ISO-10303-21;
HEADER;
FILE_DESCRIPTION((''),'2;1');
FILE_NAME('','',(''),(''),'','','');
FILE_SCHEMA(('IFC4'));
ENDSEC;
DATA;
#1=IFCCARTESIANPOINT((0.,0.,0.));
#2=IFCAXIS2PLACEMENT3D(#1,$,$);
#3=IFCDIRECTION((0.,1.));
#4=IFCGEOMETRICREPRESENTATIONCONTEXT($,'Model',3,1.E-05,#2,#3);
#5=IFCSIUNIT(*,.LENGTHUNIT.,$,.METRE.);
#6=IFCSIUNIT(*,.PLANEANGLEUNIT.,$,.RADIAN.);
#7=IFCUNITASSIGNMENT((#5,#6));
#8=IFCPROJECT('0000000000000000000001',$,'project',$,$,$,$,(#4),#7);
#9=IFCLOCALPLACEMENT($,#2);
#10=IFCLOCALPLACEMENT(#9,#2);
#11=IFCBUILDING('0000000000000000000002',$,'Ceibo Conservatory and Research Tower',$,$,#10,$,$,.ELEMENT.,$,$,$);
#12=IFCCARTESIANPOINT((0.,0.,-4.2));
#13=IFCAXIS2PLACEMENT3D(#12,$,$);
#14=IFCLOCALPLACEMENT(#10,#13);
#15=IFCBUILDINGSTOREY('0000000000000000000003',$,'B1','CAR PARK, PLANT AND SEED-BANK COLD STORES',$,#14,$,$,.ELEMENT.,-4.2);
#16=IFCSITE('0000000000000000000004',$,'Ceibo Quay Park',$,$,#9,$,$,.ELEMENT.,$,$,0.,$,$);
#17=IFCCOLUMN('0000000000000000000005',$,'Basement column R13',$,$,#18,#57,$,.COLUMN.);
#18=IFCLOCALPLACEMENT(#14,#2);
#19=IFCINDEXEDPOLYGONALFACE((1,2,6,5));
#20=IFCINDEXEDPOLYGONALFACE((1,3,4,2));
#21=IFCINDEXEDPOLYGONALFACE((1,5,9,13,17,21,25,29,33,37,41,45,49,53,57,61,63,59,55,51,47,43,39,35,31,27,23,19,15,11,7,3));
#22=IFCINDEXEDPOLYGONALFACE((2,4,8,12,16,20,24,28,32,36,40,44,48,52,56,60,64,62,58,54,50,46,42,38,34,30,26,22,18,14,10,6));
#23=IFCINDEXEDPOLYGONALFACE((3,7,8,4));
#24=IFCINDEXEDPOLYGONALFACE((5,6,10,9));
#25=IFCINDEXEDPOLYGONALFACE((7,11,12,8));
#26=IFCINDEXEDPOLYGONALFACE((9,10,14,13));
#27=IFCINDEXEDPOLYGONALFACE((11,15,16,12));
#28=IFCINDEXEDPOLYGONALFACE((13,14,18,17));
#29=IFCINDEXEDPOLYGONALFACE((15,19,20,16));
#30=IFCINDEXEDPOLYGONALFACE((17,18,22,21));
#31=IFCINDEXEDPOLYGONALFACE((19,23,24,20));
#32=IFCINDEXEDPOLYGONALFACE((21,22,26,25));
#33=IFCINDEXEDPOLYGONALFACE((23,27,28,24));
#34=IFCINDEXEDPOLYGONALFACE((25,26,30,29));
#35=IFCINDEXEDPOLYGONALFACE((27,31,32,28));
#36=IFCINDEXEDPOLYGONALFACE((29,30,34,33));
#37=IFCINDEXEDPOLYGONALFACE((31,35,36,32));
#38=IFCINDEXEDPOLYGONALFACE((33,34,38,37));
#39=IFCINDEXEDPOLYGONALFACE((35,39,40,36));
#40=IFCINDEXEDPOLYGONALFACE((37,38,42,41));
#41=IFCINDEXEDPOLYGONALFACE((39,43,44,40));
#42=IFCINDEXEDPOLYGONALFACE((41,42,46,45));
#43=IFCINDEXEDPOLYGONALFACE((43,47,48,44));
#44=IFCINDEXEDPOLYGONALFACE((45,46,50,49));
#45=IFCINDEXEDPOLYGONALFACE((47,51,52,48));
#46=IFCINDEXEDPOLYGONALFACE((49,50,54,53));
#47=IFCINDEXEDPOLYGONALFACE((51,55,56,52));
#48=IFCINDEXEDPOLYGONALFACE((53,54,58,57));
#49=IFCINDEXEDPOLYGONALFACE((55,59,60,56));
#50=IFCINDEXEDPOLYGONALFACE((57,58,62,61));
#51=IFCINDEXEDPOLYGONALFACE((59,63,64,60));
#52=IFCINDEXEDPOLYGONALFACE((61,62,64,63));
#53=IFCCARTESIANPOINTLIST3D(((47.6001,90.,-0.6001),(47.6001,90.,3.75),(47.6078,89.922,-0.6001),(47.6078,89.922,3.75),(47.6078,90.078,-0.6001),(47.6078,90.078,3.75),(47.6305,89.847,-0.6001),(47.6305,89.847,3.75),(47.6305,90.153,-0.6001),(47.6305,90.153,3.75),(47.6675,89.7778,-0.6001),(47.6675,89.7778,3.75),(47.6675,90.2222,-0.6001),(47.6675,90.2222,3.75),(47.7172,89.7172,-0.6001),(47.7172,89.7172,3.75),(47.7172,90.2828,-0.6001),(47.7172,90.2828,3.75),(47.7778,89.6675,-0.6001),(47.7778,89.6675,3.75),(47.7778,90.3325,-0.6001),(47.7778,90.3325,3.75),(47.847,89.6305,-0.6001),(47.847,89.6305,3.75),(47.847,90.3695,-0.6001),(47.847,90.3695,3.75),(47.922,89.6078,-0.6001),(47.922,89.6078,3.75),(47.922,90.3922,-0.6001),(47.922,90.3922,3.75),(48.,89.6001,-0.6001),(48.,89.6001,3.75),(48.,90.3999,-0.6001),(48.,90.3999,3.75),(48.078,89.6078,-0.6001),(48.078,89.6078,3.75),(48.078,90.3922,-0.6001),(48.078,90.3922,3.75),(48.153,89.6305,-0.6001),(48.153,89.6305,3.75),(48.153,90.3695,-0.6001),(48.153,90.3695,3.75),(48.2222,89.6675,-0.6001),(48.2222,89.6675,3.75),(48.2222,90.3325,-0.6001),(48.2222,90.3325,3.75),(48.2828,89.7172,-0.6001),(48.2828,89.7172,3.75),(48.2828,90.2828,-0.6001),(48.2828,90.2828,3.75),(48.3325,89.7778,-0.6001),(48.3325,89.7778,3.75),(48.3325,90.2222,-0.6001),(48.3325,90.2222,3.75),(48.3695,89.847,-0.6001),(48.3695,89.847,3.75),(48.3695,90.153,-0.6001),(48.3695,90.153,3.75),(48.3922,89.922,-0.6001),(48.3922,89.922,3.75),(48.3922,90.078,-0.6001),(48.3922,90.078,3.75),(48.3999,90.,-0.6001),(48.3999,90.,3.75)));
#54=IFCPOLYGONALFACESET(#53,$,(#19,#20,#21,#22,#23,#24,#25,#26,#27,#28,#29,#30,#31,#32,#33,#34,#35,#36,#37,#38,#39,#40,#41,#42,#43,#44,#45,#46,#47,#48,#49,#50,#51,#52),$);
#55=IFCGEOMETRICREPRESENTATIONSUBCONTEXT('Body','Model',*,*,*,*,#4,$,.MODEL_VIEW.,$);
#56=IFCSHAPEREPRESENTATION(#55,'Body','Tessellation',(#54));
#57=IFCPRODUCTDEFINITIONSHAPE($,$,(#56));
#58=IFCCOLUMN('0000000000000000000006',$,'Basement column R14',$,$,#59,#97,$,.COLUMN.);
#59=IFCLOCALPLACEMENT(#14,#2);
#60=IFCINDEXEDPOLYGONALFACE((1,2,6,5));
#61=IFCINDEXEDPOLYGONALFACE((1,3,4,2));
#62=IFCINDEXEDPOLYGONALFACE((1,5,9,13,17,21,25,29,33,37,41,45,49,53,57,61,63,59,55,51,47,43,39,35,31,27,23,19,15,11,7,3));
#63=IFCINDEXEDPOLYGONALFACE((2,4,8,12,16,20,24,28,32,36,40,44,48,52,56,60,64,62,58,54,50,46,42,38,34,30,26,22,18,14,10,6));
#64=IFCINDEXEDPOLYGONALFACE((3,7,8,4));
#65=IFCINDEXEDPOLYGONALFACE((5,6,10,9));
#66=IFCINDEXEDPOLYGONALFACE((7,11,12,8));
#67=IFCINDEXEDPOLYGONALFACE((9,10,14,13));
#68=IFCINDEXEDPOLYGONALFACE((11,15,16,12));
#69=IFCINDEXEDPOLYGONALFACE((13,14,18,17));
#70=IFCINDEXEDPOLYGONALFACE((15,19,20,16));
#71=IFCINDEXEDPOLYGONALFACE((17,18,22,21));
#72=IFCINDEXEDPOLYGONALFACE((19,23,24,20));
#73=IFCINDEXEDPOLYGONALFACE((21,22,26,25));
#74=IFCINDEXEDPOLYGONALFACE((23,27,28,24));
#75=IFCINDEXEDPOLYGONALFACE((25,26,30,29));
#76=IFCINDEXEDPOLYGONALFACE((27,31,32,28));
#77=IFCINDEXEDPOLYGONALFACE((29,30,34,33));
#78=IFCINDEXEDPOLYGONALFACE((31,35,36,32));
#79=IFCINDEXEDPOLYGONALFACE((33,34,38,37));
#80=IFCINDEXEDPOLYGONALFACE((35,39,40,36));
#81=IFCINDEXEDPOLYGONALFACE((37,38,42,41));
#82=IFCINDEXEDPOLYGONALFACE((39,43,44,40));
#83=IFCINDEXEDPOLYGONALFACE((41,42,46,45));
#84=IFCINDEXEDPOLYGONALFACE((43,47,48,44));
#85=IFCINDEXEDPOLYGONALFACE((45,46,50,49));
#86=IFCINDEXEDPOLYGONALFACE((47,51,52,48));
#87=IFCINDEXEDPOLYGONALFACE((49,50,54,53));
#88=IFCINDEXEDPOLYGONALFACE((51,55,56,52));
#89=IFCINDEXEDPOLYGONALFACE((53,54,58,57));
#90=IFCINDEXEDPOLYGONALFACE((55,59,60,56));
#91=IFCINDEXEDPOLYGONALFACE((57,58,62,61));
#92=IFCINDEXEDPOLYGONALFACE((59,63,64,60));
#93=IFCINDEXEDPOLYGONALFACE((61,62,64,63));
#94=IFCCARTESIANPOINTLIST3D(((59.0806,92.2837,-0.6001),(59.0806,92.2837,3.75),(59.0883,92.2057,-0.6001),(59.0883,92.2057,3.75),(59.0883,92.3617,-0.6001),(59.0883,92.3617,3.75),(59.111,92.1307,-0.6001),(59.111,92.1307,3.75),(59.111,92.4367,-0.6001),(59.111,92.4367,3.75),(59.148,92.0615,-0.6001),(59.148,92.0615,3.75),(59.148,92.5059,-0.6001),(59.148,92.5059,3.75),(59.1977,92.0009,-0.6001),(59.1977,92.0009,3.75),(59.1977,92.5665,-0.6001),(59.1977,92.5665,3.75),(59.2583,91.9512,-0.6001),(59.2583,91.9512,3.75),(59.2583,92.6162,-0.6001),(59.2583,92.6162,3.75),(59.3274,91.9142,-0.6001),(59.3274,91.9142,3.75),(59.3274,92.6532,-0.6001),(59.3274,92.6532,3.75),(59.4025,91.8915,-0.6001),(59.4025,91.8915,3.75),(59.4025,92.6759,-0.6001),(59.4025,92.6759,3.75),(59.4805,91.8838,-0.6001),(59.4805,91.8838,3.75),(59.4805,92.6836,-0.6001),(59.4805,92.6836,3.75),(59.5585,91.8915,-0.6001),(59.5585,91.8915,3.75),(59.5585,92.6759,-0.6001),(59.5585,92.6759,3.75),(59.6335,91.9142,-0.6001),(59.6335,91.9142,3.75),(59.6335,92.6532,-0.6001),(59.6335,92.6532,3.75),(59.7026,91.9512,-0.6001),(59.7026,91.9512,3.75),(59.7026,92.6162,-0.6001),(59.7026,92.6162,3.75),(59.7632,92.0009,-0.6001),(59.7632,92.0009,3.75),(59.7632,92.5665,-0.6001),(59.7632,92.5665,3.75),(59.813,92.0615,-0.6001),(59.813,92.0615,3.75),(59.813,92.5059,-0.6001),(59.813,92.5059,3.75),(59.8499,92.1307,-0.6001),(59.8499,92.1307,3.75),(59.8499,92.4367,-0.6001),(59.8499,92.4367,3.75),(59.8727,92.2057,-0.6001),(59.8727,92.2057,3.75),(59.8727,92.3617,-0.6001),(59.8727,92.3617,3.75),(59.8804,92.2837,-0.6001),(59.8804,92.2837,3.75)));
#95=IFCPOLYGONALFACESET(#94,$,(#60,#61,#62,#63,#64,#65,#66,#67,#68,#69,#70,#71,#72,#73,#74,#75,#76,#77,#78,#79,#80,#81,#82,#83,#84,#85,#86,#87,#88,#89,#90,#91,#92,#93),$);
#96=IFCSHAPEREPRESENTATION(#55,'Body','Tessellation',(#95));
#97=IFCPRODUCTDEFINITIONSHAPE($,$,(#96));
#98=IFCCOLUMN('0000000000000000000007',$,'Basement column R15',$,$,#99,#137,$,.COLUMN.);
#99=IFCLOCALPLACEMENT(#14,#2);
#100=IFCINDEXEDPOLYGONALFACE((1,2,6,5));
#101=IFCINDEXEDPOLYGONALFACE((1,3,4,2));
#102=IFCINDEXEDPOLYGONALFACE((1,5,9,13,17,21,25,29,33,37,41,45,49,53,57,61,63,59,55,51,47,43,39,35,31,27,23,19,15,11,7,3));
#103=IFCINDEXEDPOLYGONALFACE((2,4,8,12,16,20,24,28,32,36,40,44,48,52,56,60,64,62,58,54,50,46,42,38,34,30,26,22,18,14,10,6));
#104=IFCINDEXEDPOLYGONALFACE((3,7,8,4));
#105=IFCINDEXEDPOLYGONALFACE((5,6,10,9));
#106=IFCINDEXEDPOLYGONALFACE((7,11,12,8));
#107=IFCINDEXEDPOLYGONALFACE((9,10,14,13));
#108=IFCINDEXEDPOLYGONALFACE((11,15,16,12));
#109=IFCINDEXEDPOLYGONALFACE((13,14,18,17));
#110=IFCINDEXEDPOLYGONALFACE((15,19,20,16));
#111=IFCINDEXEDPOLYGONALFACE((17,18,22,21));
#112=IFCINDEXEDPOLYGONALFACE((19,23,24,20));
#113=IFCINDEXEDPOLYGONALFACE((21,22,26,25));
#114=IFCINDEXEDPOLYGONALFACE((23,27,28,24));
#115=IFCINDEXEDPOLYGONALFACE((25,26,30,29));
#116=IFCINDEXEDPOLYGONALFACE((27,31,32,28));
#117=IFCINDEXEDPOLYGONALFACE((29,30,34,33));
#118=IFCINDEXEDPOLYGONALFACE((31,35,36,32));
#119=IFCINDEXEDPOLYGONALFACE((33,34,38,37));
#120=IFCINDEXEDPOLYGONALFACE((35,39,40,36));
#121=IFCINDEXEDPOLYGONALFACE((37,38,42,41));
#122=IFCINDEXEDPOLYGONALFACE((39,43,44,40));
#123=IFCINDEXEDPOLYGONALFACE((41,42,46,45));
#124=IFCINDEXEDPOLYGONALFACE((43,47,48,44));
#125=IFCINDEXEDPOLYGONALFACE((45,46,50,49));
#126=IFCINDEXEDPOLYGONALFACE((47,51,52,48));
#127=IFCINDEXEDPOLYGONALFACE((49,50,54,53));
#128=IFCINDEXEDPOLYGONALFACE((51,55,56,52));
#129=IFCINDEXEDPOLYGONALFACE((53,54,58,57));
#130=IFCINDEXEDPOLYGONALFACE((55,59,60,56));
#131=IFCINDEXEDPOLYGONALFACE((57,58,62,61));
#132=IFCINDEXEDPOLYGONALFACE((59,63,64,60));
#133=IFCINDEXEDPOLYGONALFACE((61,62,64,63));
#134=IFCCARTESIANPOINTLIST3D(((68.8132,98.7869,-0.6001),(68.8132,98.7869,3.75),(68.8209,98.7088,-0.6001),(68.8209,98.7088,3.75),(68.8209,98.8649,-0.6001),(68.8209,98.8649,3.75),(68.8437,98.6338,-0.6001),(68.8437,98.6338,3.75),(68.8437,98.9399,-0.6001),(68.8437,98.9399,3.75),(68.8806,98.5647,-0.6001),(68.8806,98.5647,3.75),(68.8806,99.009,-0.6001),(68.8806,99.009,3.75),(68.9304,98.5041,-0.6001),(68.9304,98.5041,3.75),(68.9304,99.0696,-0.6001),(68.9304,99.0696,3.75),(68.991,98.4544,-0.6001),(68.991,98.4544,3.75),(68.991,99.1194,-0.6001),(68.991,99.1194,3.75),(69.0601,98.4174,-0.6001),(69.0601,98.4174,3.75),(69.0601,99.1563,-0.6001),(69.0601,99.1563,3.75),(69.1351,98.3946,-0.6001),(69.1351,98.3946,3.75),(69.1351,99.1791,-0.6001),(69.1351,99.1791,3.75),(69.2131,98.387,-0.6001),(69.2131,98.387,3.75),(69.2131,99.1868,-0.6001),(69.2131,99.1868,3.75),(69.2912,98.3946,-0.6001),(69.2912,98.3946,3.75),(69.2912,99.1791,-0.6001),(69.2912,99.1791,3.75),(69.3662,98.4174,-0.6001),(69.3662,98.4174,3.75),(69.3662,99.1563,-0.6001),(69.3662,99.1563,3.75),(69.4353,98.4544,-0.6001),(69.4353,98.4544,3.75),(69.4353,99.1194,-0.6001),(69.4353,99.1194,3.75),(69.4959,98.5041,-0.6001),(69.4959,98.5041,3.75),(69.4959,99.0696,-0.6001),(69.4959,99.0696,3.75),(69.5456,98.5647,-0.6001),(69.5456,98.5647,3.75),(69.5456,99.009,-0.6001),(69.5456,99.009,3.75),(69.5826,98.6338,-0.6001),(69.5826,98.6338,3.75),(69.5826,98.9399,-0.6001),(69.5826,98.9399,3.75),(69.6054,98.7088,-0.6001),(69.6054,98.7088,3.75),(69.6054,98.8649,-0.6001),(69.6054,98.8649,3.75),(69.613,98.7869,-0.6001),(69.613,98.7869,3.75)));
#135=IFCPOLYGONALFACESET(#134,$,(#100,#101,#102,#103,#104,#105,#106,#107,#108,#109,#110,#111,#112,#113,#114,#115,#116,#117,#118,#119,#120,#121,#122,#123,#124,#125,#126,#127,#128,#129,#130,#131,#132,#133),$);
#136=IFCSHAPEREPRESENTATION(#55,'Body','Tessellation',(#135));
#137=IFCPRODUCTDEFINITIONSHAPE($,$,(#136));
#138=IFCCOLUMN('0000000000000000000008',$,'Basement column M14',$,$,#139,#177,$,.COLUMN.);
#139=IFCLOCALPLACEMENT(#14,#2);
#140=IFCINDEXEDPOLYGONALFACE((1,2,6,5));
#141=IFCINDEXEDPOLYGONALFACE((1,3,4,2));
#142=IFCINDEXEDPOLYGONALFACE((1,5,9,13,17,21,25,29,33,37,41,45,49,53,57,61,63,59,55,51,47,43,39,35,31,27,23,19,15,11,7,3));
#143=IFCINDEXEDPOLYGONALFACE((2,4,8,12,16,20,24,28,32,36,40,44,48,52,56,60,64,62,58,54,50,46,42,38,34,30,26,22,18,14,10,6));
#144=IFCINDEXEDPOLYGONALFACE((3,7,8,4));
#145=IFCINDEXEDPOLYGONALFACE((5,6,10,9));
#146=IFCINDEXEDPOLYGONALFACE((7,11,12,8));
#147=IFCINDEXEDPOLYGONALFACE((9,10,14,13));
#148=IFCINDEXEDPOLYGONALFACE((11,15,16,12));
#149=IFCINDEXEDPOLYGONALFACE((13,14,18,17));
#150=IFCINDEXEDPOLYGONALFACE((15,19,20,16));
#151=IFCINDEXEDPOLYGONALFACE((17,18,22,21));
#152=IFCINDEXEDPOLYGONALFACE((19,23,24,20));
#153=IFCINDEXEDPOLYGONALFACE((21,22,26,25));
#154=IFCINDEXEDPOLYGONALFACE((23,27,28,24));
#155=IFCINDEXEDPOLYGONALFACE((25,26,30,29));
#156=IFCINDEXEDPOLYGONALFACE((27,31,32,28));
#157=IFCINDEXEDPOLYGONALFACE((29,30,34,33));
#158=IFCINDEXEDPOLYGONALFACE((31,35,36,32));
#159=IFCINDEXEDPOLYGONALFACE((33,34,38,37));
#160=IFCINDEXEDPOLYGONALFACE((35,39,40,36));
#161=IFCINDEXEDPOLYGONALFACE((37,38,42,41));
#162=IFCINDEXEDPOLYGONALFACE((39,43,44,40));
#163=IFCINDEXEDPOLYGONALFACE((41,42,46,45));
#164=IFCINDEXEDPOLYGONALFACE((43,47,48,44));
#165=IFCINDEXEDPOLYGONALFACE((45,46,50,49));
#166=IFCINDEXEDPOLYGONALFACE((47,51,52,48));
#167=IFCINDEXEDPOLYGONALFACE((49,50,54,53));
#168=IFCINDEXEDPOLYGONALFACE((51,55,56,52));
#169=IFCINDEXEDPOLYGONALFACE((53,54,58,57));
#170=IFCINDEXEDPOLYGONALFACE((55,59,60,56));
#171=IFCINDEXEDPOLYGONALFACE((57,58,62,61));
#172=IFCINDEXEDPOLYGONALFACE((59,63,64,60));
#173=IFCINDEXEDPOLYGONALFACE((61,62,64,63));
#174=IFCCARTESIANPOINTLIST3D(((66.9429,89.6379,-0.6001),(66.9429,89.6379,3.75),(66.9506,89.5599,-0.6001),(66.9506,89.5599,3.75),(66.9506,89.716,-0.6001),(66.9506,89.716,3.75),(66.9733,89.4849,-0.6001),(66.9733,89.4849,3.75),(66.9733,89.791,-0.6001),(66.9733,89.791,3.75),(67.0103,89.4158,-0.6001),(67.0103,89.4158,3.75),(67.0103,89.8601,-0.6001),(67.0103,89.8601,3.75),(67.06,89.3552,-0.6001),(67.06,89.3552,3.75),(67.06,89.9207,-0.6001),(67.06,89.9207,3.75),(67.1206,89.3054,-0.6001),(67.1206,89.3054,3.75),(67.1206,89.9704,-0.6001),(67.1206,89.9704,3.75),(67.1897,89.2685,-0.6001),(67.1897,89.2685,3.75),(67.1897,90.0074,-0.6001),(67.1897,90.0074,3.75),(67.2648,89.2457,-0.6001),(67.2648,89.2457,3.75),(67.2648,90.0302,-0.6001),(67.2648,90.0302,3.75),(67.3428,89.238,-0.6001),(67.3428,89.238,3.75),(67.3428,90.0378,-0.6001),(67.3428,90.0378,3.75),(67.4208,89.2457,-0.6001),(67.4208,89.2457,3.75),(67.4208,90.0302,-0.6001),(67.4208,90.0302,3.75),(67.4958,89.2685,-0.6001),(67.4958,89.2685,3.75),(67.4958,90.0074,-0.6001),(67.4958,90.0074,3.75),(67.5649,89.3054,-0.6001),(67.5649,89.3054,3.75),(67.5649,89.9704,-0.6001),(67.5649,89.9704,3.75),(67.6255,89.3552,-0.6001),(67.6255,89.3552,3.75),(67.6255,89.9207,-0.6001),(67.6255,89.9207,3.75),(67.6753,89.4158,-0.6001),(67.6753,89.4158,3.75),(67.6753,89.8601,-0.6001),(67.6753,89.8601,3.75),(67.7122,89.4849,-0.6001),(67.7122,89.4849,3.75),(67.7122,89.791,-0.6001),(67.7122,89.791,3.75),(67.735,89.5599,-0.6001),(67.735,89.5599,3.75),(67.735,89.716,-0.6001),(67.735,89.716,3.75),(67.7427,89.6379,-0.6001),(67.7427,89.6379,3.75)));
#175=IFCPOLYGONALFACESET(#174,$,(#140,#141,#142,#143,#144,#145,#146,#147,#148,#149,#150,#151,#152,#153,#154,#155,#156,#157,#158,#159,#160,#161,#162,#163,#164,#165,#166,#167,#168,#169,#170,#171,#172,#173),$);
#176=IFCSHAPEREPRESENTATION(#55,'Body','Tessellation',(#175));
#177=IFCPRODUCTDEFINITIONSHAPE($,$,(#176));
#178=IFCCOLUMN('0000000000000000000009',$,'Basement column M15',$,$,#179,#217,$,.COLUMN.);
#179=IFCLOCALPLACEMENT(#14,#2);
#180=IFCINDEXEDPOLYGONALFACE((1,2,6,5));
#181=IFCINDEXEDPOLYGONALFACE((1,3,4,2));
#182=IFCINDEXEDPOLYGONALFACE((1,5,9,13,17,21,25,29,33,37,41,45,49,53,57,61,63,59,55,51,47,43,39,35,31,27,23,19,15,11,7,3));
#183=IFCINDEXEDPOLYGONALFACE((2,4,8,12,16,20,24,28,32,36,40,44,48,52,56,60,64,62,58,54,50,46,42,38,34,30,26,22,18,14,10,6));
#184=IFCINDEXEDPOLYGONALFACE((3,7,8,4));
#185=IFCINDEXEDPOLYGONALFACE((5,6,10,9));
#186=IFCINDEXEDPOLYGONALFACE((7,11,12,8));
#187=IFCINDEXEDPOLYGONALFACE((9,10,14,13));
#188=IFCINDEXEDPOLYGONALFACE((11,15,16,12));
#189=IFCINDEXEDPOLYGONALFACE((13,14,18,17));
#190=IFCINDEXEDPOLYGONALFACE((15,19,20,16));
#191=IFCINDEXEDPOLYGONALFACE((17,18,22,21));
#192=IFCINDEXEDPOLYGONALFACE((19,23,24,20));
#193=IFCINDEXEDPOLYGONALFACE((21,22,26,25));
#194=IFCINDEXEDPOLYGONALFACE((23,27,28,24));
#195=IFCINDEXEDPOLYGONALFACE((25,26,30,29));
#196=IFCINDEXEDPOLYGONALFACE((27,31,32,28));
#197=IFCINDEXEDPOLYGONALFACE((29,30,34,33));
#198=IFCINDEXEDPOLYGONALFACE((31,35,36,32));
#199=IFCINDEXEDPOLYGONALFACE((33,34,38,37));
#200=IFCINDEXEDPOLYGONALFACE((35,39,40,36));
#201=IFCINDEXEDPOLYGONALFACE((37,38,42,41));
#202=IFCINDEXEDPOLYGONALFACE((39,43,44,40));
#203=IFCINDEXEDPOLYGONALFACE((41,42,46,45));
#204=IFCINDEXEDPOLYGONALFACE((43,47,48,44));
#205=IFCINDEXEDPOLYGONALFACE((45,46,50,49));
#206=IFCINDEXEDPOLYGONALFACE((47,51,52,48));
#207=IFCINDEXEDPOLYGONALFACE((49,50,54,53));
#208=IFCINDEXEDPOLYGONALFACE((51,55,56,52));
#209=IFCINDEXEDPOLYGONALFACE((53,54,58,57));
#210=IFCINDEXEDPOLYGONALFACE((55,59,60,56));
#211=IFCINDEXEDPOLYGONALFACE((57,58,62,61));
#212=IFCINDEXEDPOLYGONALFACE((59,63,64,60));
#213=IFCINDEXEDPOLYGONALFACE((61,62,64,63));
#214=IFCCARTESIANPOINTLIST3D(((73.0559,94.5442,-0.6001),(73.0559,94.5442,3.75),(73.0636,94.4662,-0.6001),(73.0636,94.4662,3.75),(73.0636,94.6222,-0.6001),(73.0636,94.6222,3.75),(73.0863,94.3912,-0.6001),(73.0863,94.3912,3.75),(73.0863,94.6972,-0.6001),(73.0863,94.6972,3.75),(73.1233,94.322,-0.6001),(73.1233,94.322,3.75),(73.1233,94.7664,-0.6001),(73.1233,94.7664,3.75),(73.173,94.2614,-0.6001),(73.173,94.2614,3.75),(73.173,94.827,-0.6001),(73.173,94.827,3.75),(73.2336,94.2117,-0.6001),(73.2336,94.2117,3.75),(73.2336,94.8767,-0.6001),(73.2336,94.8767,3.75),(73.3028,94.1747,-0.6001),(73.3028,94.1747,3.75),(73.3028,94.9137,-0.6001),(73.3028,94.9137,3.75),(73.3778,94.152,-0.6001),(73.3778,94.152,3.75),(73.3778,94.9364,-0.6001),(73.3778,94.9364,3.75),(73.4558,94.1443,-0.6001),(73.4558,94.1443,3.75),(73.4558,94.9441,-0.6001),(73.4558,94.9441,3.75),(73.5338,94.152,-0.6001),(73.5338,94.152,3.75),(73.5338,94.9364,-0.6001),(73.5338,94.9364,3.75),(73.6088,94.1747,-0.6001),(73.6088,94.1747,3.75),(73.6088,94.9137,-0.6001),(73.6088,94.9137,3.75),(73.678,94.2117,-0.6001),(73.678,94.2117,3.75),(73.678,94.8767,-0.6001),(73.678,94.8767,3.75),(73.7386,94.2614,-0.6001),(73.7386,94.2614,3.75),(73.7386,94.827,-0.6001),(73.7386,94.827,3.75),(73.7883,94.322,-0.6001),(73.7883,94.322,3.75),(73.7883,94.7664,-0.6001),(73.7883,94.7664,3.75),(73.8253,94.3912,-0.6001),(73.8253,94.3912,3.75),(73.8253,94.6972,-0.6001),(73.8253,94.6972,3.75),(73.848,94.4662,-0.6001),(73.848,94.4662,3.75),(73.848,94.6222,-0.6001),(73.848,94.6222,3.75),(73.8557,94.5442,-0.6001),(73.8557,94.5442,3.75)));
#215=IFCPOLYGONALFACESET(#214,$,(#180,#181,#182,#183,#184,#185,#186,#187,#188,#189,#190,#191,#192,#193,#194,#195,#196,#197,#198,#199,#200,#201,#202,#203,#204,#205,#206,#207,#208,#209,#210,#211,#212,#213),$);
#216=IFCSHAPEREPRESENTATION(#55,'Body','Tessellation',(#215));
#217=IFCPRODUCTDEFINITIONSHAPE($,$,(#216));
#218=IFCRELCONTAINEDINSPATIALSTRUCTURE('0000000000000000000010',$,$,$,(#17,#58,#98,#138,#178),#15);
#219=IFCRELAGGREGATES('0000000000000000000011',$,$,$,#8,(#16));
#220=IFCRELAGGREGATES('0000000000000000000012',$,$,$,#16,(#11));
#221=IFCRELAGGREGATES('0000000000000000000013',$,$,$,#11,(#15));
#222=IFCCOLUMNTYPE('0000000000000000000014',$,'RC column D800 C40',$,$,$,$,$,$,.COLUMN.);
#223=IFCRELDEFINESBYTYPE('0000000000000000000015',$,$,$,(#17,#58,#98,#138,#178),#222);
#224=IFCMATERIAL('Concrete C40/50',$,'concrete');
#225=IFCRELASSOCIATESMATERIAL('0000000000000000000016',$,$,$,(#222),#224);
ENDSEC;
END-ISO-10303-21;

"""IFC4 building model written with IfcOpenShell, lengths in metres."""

from ifc_helpers import new_model, si_unit, direction, frame, origin, origin_2d, place, context, subcontext, project, spatial, circle, extrude, material, material_profile, profile_set, type_object, element, save


model = new_model("IFC4")

# Units and contexts
model_context = context("Model", 3, precision=1e-05, world=origin(), true_north=direction((0.0, 1.0)))
body_context = subcontext(model_context, "Body", "Model", "MODEL_VIEW")
ifc_project = project(units=[si_unit("LENGTHUNIT", "METRE"), si_unit("PLANEANGLEUNIT", "RADIAN")], contexts=[model_context])

# Site, building, storey
site_placement = place(None, origin())
site = spatial("IfcSite", under=ifc_project, at=site_placement, Name="Ceibo Quay Park", CompositionType="ELEMENT", RefElevation=0.0)
building_placement = place(site_placement, origin())
building = spatial("IfcBuilding", under=site, at=building_placement, Name="Ceibo Conservatory and Research Tower", CompositionType="ELEMENT")
storey_placement = place(building_placement, frame((0.0, 0.0, -4.2)))
storey = spatial("IfcBuildingStorey", under=building, at=storey_placement, Name="B1", Description="CAR PARK, PLANT AND SEED-BANK COLD STORES", CompositionType="ELEMENT", Elevation=-4.2)

# Shared definitions
ifc_material_1 = material(Name="Concrete C40/50", Category="concrete")

# Columns
ifc_material_profile_1 = material_profile(ifc_material_1, circle(Radius=0.3999, at=origin_2d()), Name="RC D800")
ifc_profile_set_1 = profile_set([ifc_material_profile_1], Name="Concrete C40/50")
column_type_1 = type_object("IfcColumnType", Name="RC column D800 C40", PredefinedType="COLUMN", material=ifc_profile_set_1)
for number, where, z_axis, x_axis, name in (
    (1, (48.0, 90.0, -0.6001), (0.0, 0.0, 1.0), (1.0, 0.0, 0.0), "Basement column R13"),
    (2, (59.4805, 92.2837, -0.6001), (0.0, 0.0, 1.0), (1.0, 0.0, 0.0), "Basement column R14"),
    (3, (69.2131, 98.7869, -0.6001), (0.0, 0.0, 1.0), (1.0, 0.0, 0.0), "Basement column R15"),
    (4, (67.3428, 89.6379, -0.6001), (0.0, 0.0, 1.0), (1.0, 0.0, 0.0), "Basement column M14"),
    (5, (73.4558, 94.5442, -0.6001), (0.0, 0.0, 1.0), (1.0, 0.0, 0.0), "Basement column M15"),
):
    element("IfcColumn", number, at=place(storey_placement, frame(where, z_axis=z_axis, x_axis=x_axis)), inside=storey, type_object=column_type_1, Name=name, PredefinedType="COLUMN", context=body_context, shape_type="SweptSolid", body=[
        extrude(circle(Radius=0.3999, at=origin_2d()), origin(), (0.0, 0.0, 1.0), 4.3501),
    ])

save(model, "model.ifc")
